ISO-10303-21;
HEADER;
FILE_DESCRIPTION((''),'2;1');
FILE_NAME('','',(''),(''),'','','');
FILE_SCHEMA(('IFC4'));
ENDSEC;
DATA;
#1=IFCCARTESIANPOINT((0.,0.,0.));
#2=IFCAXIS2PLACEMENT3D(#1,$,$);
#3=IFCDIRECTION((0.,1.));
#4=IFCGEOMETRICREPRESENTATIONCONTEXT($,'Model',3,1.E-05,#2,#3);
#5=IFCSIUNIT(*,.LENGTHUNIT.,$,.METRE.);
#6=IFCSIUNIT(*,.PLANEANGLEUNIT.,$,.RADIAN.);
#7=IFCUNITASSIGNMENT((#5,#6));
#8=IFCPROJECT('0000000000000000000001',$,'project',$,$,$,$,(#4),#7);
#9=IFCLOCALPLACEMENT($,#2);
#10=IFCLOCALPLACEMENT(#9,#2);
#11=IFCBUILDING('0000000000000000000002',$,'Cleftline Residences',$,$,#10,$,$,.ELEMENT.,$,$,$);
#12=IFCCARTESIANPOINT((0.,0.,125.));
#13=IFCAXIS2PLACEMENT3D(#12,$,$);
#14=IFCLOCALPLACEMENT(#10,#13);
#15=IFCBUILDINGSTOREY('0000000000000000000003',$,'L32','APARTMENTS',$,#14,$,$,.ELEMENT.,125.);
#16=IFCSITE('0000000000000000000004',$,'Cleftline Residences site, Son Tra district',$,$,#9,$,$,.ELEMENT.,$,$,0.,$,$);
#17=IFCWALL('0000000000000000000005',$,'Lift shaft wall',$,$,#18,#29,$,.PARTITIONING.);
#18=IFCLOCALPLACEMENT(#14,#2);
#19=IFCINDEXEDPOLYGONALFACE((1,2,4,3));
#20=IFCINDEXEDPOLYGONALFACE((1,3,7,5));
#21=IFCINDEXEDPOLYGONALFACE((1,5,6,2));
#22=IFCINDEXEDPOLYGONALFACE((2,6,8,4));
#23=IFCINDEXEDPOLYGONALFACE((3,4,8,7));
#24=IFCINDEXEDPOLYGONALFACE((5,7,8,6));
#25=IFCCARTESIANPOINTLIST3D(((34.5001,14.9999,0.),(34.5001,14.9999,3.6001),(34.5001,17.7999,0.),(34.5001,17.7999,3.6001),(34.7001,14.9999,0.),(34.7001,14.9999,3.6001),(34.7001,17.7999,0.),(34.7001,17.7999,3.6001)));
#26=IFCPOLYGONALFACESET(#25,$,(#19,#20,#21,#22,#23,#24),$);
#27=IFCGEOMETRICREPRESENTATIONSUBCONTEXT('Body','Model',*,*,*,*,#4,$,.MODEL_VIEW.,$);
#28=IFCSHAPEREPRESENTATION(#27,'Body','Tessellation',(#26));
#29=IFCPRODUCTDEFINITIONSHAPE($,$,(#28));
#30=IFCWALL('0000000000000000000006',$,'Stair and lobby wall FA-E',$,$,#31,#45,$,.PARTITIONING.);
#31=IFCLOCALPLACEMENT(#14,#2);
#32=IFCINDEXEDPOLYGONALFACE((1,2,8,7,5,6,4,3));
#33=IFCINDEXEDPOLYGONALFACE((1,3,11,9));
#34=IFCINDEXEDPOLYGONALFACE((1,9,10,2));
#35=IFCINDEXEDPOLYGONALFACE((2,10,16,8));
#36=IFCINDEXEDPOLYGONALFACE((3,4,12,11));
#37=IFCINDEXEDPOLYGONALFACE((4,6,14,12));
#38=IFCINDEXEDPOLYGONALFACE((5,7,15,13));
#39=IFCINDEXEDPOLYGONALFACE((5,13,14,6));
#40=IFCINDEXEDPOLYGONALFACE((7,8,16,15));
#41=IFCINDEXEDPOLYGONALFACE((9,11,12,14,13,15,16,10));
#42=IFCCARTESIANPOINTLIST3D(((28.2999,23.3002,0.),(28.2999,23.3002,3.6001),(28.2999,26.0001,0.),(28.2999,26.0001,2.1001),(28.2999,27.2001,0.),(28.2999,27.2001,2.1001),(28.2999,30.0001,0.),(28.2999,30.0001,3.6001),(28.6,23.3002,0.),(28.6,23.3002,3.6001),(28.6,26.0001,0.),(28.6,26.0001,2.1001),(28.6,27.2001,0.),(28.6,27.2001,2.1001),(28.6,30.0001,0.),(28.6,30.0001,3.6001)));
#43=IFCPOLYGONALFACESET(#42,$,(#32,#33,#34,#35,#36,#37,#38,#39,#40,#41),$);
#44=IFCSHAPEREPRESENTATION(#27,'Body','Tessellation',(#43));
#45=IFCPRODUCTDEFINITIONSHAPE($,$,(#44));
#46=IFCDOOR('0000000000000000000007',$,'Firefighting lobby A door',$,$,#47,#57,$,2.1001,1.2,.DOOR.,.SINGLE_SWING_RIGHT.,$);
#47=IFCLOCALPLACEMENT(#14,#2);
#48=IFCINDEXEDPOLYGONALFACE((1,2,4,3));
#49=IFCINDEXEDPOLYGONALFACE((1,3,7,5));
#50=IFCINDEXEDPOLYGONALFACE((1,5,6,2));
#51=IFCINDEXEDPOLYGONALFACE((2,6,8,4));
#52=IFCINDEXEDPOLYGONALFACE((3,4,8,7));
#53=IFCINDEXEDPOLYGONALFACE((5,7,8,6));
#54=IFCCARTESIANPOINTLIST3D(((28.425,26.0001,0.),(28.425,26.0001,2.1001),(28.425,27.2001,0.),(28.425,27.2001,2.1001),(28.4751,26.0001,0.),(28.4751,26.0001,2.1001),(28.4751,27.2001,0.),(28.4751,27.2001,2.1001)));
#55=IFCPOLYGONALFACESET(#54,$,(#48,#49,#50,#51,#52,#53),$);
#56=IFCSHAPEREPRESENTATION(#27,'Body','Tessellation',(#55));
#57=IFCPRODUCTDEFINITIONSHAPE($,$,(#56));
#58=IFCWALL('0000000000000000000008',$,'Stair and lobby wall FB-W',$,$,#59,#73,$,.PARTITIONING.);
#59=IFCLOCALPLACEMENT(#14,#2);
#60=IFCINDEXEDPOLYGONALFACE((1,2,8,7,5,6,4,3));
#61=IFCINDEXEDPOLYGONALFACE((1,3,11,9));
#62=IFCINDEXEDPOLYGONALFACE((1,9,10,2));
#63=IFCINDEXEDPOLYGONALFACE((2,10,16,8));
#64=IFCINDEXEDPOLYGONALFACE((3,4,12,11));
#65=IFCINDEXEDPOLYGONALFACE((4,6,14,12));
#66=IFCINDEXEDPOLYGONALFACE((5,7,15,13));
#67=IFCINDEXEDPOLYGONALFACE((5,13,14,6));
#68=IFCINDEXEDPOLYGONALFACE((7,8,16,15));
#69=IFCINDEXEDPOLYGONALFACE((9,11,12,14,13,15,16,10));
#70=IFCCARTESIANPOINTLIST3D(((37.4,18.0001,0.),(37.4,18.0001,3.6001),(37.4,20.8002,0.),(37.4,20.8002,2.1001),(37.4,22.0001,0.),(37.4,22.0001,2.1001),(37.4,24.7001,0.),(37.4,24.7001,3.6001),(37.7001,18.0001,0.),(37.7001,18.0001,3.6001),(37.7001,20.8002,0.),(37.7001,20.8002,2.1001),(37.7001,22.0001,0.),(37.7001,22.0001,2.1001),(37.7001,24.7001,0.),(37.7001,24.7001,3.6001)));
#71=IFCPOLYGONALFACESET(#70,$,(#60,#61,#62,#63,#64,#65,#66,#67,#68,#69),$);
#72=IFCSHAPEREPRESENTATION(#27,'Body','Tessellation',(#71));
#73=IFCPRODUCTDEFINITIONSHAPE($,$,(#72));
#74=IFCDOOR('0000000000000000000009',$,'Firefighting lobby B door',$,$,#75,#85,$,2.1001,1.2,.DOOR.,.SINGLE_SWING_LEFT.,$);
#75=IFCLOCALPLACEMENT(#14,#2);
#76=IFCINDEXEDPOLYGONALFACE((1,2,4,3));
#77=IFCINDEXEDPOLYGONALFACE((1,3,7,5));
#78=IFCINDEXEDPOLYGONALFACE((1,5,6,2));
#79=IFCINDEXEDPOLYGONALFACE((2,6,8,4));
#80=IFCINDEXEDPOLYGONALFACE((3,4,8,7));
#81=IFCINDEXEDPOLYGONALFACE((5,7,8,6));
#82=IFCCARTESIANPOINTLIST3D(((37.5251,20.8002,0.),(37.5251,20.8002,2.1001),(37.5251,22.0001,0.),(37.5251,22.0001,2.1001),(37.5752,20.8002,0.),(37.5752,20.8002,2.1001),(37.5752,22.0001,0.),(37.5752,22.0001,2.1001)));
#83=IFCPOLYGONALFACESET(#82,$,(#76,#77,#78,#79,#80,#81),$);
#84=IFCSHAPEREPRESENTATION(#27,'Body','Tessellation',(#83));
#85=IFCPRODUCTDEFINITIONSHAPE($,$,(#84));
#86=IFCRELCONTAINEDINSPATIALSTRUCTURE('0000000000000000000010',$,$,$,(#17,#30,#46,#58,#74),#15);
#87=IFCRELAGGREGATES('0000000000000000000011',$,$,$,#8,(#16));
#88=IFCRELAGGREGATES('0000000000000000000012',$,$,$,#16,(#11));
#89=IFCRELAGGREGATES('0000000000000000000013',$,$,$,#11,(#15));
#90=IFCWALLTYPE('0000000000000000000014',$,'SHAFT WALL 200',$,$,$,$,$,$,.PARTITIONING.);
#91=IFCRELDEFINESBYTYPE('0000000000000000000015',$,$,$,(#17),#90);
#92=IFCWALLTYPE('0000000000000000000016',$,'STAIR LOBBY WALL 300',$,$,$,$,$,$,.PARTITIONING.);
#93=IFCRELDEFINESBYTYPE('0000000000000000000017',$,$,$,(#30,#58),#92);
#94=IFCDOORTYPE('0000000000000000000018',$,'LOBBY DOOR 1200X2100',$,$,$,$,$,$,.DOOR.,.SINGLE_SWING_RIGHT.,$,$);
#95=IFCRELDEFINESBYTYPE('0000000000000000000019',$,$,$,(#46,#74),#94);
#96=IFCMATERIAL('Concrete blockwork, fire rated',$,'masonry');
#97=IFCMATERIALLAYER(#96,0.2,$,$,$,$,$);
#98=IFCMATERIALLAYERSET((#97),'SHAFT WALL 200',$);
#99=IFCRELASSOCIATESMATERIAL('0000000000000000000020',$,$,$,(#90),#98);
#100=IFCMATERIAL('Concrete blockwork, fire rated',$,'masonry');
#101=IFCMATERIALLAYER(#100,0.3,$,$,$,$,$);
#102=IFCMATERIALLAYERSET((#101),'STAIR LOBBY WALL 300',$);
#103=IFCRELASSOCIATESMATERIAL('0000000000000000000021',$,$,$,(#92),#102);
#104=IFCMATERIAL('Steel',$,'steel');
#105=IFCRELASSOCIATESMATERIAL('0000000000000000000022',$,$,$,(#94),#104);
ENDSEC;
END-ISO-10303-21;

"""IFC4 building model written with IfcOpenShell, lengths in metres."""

from ifc_helpers import new_model, si_unit, direction, frame, frame_2d, origin, place, context, subcontext, project, spatial, rectangle, extrude, material, layer, layer_set, type_object, element, fill, save


model = new_model("IFC4")

# Units and contexts
model_context = context("Model", 3, precision=1e-05, world=origin(), true_north=direction((0.0, 1.0)))
body_context = subcontext(model_context, "Body", "Model", "MODEL_VIEW")
ifc_project = project(units=[si_unit("LENGTHUNIT", "METRE"), si_unit("PLANEANGLEUNIT", "RADIAN")], contexts=[model_context])

# Site, building, storey
site_placement = place(None, origin())
site = spatial("IfcSite", under=ifc_project, at=site_placement, Name="Cleftline Residences site, Son Tra district", CompositionType="ELEMENT", RefElevation=0.0)
building_placement = place(site_placement, origin())
building = spatial("IfcBuilding", under=site, at=building_placement, Name="Cleftline Residences", CompositionType="ELEMENT")
storey_placement = place(building_placement, frame((0.0, 0.0, 125.0)))
storey = spatial("IfcBuildingStorey", under=building, at=storey_placement, Name="L32", Description="APARTMENTS", CompositionType="ELEMENT", Elevation=125.0)

# Wall
ifc_material_1 = material(Name="Concrete blockwork, fire rated", Category="masonry")
ifc_layer_1 = layer(ifc_material_1, 0.2)
ifc_layer_set_1 = layer_set([ifc_layer_1], Name="SHAFT WALL 200")
wall_type_1 = type_object("IfcWallType", Name="SHAFT WALL 200", PredefinedType="PARTITIONING", material=ifc_layer_set_1)
for number, where, z_axis, x_axis, name in (
    (1, (34.6001, 15.0, 0.0), (0.0, 0.0, 1.0), (0.0, 1.0, 0.0), "Lift shaft wall"),
):
    element("IfcWall", number, at=place(storey_placement, frame(where, z_axis=z_axis, x_axis=x_axis)), inside=storey, type_object=wall_type_1, Name=name, PredefinedType="PARTITIONING", context=body_context, shape_type="SweptSolid", body=[
        extrude(rectangle(XDim=2.8, YDim=0.2, at=frame_2d((1.3999, 0.0))), origin(), (0.0, 0.0, 1.0), 3.6001),
    ])

# Walls, openings, doors
ifc_material_2 = material(Name="Concrete blockwork, fire rated", Category="masonry")
ifc_layer_2 = layer(ifc_material_2, 0.3)
ifc_layer_set_2 = layer_set([ifc_layer_2], Name="STAIR LOBBY WALL 300")
wall_type_2 = type_object("IfcWallType", Name="STAIR LOBBY WALL 300", PredefinedType="PARTITIONING", material=ifc_layer_set_2)
wall_1_placement = place(storey_placement, frame((28.45, 23.3, 0.0), z_axis=(0.0, 0.0, 1.0), x_axis=(0.0, 1.0, 0.0)))
wall_1 = element("IfcWall", 2, at=wall_1_placement, inside=storey, type_object=wall_type_2, Name="Stair and lobby wall FA-E", PredefinedType="PARTITIONING", context=body_context, shape_type="SweptSolid", body=[
    extrude(rectangle(XDim=6.7, YDim=0.3, at=frame_2d((3.3501, 0.0))), origin(), (0.0, 0.0, 1.0), 3.6001),
])
opening_1_placement = place(wall_1_placement, frame((2.7, 0.0, 0.0)))
opening_1 = element("IfcOpeningElement", 3, at=opening_1_placement, cuts=wall_1, PredefinedType="OPENING", context=body_context, shape_type="SweptSolid", body=[
    extrude(rectangle(XDim=1.2, YDim=2.1001, at=frame_2d((0.6001, 1.05))), frame((0.0, 0.1599, 0.0), z_axis=(0.0, -1.0, 0.0), x_axis=(1.0, 0.0, 0.0)), (0.0, 0.0, 1.0), 0.3201),
])
ifc_material_3 = material(Name="Steel", Category="steel")
door_type_1 = type_object("IfcDoorType", Name="LOBBY DOOR 1200X2100", OperationType="SINGLE_SWING_RIGHT", PredefinedType="DOOR", material=ifc_material_3)
door_1_placement = place(opening_1_placement, origin())
door_1 = element("IfcDoor", 4, at=door_1_placement, inside=storey, type_object=door_type_1, Name="Firefighting lobby A door", OperationType="SINGLE_SWING_RIGHT", OverallHeight=2.1001, OverallWidth=1.2, PredefinedType="DOOR", context=body_context, shape_type="SweptSolid", body=[
    extrude(rectangle(XDim=1.2, YDim=2.1001, at=frame_2d((0.6001, 1.05))), frame((0.0, 0.0249, 0.0), z_axis=(0.0, -1.0, 0.0), x_axis=(1.0, 0.0, 0.0)), (0.0, 0.0, 1.0), 0.05),
])
fill(opening_1, door_1)
wall_2_placement = place(storey_placement, frame((37.55, 18.0, 0.0), z_axis=(0.0, 0.0, 1.0), x_axis=(0.0, 1.0, 0.0)))
wall_2 = element("IfcWall", 5, at=wall_2_placement, inside=storey, type_object=wall_type_2, Name="Stair and lobby wall FB-W", PredefinedType="PARTITIONING", context=body_context, shape_type="SweptSolid", body=[
    extrude(rectangle(XDim=6.7, YDim=0.3, at=frame_2d((3.3501, 0.0))), origin(), (0.0, 0.0, 1.0), 3.6001),
])
opening_2_placement = place(wall_2_placement, frame((2.8, 0.0, 0.0)))
opening_2 = element("IfcOpeningElement", 6, at=opening_2_placement, cuts=wall_2, PredefinedType="OPENING", context=body_context, shape_type="SweptSolid", body=[
    extrude(rectangle(XDim=1.2, YDim=2.1001, at=frame_2d((0.6001, 1.05))), frame((0.0, 0.1599, 0.0), z_axis=(0.0, -1.0, 0.0), x_axis=(1.0, 0.0, 0.0)), (0.0, 0.0, 1.0), 0.3201),
])
door_2_placement = place(opening_2_placement, origin())
door_2 = element("IfcDoor", 7, at=door_2_placement, inside=storey, type_object=door_type_1, Name="Firefighting lobby B door", OperationType="SINGLE_SWING_LEFT", OverallHeight=2.1001, OverallWidth=1.2, PredefinedType="DOOR", context=body_context, shape_type="SweptSolid", body=[
    extrude(rectangle(XDim=1.2, YDim=2.1001, at=frame_2d((0.6001, 1.05))), frame((0.0, 0.0249, 0.0), z_axis=(0.0, -1.0, 0.0), x_axis=(1.0, 0.0, 0.0)), (0.0, 0.0, 1.0), 0.05),
])
fill(opening_2, door_2)

save(model, "model.ifc")
